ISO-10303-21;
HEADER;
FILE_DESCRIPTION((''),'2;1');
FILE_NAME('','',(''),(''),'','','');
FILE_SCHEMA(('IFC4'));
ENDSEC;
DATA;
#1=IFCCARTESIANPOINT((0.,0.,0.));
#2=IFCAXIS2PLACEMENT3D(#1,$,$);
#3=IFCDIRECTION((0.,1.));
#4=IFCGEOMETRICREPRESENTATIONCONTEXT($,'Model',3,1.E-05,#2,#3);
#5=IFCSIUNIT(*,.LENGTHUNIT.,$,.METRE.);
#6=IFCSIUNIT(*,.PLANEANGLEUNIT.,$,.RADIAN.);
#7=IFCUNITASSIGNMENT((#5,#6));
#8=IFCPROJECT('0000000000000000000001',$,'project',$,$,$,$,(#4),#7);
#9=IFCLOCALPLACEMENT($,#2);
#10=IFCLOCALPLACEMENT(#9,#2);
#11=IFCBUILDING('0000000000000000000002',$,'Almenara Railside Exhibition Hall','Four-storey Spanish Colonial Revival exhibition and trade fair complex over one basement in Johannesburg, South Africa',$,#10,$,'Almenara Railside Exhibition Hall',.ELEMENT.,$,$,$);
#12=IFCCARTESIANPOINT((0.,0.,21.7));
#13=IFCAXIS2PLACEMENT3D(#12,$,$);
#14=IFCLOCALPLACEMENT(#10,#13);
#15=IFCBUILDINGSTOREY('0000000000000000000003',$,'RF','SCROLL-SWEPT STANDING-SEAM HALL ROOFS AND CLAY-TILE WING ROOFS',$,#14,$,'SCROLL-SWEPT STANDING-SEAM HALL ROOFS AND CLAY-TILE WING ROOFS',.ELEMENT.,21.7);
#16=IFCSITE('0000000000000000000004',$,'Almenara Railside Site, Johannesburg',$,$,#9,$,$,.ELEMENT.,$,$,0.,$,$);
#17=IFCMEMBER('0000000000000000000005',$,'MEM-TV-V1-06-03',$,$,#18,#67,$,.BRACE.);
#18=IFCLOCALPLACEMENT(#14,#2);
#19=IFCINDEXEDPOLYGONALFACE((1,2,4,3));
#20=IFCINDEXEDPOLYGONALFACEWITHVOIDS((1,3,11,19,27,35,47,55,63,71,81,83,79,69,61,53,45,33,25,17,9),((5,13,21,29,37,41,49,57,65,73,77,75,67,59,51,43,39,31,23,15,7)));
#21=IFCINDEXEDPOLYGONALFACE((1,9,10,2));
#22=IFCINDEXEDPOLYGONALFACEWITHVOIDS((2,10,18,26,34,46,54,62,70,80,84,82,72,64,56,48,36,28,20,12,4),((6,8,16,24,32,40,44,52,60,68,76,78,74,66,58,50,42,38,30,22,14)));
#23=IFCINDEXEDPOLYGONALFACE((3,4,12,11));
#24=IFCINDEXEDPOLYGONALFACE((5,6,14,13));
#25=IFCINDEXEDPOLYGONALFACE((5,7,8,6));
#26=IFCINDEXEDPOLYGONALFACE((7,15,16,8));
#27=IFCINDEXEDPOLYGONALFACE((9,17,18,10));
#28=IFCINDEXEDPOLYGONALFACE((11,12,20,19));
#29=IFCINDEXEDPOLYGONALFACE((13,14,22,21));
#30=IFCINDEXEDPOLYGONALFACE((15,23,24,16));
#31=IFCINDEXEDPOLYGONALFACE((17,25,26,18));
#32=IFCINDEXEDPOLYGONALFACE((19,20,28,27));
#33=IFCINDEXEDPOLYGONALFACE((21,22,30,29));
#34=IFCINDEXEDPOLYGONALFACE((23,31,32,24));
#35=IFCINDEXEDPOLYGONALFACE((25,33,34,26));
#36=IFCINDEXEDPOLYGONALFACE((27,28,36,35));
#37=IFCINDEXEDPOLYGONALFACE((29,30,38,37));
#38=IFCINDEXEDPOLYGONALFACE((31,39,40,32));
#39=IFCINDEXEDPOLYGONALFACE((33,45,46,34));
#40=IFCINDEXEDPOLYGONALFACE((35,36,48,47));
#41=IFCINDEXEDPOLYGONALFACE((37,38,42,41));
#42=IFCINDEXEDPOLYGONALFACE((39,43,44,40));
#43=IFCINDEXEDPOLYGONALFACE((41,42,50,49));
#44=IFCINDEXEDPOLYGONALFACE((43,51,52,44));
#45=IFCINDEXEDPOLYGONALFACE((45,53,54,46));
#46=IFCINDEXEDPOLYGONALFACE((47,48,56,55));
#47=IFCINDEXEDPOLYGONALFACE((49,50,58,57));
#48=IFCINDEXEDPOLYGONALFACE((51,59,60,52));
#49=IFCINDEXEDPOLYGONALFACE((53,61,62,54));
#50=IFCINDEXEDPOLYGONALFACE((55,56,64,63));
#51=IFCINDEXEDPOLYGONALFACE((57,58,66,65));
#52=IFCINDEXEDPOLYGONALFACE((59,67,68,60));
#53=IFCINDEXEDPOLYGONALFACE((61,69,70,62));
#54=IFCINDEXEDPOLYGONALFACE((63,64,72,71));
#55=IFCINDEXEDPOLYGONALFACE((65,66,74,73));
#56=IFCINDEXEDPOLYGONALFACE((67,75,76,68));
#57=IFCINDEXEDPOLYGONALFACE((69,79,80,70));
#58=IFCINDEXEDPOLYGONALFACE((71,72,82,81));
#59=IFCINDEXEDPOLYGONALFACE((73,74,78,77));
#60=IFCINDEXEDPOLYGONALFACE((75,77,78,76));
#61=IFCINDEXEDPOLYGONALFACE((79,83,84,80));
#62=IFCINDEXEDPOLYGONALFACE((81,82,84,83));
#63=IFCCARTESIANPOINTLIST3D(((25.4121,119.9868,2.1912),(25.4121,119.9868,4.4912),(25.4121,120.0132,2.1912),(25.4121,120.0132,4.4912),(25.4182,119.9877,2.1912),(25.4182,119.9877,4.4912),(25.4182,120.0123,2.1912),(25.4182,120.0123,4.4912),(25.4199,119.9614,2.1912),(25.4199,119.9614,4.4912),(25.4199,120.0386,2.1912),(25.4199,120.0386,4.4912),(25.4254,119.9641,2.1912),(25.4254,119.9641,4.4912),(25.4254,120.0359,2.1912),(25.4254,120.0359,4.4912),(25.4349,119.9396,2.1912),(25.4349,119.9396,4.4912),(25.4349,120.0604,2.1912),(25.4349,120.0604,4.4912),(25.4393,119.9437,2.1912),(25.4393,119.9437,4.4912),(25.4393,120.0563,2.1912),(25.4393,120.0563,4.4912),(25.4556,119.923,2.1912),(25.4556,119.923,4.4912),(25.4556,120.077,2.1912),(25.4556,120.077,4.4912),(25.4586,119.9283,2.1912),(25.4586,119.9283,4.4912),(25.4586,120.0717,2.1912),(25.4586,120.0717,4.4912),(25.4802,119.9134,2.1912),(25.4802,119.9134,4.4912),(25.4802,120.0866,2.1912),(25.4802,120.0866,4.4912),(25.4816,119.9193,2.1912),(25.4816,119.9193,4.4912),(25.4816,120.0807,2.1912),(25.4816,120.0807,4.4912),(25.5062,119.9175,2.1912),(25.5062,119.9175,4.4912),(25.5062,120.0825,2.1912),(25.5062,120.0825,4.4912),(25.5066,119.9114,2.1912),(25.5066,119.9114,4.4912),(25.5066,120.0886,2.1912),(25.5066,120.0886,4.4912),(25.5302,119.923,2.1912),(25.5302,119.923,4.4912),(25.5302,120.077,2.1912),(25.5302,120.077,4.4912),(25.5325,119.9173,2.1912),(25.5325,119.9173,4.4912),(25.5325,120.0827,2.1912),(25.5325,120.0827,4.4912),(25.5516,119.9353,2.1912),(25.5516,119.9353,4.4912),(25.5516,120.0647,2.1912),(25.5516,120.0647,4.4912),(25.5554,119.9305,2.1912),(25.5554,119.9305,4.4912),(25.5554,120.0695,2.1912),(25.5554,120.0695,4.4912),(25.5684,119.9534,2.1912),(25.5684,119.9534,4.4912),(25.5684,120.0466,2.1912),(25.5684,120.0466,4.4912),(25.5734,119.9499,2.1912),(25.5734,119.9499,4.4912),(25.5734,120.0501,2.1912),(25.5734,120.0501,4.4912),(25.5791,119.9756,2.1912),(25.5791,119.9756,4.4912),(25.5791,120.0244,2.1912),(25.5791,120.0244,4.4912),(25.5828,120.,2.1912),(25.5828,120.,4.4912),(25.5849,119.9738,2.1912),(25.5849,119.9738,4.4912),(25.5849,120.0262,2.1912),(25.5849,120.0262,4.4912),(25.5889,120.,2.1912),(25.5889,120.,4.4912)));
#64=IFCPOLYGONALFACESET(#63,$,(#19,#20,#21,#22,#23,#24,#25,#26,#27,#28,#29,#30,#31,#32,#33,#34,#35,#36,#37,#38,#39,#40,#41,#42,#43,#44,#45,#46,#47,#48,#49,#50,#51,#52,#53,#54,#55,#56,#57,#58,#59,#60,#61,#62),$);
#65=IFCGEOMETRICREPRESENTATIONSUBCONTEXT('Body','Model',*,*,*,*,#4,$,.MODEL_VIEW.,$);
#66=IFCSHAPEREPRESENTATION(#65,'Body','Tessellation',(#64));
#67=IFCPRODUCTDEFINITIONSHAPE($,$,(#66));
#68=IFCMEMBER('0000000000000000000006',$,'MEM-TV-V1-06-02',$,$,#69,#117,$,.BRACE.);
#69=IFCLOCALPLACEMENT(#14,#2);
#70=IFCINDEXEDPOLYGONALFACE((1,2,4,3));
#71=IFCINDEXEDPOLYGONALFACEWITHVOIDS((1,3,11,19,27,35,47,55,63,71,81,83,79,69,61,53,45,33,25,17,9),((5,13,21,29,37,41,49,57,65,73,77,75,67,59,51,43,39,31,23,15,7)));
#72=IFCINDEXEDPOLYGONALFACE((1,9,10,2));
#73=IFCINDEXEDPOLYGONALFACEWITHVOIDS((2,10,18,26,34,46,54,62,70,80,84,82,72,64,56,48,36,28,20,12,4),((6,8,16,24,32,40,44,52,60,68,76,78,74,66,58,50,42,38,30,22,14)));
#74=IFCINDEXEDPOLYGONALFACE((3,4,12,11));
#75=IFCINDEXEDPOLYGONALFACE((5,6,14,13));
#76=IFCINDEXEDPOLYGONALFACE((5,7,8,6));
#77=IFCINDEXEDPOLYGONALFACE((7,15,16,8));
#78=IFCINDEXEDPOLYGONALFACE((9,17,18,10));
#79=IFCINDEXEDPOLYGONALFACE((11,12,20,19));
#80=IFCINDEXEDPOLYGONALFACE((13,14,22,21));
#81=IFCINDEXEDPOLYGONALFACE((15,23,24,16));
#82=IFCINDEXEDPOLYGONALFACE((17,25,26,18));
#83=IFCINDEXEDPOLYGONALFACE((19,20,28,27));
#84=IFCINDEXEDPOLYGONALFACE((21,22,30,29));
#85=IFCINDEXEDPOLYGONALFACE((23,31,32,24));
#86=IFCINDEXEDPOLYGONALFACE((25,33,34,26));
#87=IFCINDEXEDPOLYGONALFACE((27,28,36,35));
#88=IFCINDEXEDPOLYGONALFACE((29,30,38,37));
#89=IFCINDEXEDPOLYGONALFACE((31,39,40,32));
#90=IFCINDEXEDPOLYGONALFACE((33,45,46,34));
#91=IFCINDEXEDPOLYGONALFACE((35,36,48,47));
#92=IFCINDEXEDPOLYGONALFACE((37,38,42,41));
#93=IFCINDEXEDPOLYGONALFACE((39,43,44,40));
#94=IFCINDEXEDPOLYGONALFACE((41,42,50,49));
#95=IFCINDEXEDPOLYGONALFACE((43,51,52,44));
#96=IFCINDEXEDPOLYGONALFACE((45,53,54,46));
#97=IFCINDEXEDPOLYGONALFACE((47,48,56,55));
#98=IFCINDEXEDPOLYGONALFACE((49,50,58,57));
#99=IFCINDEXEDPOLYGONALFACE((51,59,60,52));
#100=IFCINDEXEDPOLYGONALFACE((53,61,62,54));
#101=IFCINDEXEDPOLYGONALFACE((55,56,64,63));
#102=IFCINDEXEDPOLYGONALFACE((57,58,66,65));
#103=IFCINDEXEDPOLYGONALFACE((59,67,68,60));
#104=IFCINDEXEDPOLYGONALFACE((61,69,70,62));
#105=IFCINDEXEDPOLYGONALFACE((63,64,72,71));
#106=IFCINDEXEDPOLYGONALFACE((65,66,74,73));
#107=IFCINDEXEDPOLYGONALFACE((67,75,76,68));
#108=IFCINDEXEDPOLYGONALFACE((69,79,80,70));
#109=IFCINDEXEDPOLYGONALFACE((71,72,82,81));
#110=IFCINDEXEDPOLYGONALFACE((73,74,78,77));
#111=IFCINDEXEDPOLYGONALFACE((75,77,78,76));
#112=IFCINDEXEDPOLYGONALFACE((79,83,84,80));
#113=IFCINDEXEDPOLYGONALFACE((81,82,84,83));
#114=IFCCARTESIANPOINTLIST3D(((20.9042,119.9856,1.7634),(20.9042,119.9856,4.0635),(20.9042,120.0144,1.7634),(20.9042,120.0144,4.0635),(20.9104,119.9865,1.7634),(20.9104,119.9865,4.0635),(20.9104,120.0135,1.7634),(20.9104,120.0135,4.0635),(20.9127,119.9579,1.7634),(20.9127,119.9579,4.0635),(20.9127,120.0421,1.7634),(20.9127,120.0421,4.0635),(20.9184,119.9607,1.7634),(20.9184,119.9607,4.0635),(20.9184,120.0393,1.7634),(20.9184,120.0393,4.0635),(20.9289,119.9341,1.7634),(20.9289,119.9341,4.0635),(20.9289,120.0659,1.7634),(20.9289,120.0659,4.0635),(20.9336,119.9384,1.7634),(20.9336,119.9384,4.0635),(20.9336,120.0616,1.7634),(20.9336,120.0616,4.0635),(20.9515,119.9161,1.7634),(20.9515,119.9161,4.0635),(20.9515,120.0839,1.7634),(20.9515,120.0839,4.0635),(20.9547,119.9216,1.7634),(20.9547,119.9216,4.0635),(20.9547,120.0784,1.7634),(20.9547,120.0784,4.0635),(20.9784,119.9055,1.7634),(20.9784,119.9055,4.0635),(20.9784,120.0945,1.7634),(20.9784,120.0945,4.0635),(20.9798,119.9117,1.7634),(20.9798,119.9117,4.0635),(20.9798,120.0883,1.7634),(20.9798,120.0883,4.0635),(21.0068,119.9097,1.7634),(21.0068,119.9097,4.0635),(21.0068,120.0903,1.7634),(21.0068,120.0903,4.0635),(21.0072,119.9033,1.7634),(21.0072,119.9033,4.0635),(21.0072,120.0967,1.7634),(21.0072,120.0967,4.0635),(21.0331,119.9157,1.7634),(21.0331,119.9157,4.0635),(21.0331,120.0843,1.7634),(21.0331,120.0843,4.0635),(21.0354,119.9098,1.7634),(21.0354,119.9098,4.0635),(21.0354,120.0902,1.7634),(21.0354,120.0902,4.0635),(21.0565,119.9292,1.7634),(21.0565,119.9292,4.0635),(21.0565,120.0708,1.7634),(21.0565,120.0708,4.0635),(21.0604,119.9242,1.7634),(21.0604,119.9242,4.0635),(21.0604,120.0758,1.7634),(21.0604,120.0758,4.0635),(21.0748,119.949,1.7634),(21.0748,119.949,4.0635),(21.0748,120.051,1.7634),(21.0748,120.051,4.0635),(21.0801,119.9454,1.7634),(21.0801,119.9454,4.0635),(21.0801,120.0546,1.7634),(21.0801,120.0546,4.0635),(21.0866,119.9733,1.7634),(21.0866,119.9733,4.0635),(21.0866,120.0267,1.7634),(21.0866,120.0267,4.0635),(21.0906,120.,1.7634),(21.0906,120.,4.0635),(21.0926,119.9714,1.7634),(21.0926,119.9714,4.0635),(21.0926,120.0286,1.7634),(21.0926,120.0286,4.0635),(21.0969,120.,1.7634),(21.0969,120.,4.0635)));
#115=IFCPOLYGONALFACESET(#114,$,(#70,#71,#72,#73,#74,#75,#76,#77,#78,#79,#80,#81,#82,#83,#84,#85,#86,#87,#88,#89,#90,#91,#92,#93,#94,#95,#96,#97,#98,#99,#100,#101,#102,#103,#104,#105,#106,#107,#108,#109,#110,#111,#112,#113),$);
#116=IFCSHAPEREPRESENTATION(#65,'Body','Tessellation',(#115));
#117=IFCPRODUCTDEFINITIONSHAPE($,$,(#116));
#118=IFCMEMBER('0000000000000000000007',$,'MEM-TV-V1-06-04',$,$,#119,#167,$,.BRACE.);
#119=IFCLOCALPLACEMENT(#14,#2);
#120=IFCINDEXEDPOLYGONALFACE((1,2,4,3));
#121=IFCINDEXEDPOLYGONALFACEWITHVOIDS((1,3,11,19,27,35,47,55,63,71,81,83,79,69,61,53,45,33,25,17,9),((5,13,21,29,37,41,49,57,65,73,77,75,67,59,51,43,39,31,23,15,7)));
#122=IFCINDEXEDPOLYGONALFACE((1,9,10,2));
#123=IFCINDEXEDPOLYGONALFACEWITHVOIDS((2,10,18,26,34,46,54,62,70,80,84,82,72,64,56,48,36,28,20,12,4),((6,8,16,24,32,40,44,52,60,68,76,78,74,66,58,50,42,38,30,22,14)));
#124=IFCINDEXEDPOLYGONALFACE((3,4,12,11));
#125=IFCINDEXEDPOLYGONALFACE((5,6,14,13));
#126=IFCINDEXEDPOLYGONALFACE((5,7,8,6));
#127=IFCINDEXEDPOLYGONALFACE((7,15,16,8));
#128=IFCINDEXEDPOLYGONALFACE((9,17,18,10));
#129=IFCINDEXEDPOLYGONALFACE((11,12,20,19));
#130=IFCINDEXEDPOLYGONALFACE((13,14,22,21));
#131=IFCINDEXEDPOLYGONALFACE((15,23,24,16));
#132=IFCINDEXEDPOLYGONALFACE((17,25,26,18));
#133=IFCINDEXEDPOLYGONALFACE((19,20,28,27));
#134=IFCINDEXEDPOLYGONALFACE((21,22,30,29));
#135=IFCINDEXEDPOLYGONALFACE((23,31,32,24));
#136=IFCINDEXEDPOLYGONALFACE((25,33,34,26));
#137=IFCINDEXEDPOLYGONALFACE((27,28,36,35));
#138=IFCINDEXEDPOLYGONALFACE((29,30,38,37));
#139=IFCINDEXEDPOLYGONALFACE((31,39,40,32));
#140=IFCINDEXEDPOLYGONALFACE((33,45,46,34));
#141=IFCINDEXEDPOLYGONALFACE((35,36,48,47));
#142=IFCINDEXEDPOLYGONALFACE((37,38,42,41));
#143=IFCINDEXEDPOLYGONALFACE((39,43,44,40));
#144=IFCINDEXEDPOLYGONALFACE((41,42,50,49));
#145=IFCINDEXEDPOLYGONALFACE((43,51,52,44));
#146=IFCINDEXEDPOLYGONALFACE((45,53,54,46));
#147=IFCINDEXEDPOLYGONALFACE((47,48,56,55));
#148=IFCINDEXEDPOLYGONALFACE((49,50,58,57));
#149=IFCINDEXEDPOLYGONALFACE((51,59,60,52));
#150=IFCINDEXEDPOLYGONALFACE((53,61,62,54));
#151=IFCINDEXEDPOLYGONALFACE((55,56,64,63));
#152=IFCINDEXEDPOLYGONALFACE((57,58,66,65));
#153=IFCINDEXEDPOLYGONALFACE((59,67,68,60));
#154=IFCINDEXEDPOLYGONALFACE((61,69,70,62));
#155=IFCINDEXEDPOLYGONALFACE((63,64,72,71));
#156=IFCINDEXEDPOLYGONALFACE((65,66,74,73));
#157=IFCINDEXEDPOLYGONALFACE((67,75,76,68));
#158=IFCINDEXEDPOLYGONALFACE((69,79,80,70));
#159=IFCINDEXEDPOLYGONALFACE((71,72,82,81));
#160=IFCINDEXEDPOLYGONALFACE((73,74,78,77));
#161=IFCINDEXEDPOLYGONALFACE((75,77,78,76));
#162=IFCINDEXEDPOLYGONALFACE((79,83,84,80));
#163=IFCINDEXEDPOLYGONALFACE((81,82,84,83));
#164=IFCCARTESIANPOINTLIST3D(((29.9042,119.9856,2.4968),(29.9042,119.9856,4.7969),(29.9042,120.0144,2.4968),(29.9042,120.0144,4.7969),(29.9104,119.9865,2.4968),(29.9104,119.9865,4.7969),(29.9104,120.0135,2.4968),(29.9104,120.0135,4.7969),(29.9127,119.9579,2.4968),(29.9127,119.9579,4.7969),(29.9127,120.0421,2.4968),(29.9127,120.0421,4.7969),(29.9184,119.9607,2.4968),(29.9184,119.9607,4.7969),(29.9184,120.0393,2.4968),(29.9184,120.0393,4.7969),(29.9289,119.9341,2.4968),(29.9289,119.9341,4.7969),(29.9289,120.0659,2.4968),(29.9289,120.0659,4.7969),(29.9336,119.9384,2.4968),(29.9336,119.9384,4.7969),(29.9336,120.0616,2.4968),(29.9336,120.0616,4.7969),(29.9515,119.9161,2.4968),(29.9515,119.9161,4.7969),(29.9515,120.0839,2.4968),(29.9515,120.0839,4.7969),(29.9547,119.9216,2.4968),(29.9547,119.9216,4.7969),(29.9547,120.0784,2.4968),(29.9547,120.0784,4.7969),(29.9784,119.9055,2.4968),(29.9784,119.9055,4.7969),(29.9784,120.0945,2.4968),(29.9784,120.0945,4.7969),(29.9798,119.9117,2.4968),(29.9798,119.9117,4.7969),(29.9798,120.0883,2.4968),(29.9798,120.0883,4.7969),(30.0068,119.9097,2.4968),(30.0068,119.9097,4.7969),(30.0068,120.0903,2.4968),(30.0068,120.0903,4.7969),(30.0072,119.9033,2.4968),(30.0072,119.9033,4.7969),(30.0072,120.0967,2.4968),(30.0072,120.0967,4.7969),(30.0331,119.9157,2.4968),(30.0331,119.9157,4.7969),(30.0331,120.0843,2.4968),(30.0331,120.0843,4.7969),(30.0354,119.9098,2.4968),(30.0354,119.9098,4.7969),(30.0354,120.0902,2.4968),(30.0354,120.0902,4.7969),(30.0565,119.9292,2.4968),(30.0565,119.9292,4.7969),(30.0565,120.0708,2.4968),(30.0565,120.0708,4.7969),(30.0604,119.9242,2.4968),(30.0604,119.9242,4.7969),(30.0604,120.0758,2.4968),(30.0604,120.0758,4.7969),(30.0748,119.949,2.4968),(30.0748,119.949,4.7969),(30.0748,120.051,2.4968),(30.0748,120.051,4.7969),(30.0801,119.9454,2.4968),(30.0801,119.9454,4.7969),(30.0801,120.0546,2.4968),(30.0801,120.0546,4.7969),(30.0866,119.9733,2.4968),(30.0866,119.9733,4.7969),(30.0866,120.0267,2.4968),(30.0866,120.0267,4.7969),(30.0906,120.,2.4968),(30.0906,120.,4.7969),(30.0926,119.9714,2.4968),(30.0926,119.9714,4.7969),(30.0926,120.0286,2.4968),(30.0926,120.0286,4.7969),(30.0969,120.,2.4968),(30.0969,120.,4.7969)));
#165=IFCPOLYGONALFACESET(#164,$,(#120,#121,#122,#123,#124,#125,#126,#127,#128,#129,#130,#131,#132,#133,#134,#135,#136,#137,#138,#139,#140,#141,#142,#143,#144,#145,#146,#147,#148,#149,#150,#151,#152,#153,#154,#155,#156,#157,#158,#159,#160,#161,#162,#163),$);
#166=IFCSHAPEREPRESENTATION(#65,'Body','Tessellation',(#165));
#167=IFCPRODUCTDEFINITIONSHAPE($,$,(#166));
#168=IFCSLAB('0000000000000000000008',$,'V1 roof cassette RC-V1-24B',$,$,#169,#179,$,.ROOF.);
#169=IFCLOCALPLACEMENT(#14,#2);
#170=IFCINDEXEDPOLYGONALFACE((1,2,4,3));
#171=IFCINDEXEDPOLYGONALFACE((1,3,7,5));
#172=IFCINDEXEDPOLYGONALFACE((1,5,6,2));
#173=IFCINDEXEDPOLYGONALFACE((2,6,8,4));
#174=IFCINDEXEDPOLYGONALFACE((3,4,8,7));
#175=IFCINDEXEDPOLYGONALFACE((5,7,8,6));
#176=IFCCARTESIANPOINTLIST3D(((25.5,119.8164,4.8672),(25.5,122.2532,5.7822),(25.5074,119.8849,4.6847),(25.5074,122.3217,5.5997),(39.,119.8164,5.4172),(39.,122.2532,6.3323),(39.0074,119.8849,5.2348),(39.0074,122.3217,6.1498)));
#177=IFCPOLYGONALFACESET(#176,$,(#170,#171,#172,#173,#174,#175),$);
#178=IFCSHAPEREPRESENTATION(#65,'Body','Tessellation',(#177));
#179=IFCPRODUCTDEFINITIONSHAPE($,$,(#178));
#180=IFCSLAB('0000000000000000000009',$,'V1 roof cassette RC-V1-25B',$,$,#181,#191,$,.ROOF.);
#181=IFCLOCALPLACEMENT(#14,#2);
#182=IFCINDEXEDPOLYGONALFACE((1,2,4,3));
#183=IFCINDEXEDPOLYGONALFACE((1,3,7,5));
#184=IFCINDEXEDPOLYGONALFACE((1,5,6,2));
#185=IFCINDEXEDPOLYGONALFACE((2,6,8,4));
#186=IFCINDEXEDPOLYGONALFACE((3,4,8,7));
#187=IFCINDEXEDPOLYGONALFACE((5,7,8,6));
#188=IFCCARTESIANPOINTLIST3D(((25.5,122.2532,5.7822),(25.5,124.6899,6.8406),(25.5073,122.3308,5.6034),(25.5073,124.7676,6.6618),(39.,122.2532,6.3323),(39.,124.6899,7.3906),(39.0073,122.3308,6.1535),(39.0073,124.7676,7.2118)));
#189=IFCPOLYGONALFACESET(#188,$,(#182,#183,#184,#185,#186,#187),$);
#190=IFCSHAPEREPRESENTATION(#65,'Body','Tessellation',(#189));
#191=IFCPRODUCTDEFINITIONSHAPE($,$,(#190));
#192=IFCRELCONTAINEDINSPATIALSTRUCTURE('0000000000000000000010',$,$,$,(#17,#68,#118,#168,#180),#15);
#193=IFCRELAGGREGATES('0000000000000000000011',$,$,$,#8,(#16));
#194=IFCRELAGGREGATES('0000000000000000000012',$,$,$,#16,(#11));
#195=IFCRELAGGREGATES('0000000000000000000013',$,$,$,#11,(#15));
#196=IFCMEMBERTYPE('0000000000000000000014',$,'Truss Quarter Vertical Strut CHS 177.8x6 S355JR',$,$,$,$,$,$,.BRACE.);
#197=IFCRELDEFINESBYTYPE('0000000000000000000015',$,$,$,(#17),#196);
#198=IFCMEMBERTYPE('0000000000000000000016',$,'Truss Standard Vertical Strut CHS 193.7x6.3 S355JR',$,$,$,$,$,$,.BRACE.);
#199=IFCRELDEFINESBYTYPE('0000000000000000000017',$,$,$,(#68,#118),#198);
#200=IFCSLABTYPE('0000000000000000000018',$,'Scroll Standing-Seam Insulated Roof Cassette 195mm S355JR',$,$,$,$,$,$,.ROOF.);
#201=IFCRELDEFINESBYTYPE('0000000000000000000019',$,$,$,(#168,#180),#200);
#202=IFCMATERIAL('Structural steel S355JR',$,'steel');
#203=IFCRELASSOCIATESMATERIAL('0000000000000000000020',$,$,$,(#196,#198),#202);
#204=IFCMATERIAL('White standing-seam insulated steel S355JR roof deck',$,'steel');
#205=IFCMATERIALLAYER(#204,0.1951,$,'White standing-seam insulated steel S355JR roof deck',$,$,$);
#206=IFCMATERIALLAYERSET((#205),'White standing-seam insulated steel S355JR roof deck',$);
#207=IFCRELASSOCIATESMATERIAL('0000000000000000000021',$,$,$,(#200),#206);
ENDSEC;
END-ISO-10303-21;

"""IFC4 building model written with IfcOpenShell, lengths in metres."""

from ifc_helpers import new_model, si_unit, direction, frame, origin, origin_2d, place, context, subcontext, project, spatial, polyline, hollow_circle, outline, extrude, material, layer, layer_set, material_profile, profile_set, type_object, element, save


model = new_model("IFC4")

# Units and contexts
model_context = context("Model", 3, precision=1e-05, world=origin(), true_north=direction((0.0, 1.0)))
body_context = subcontext(model_context, "Body", "Model", "MODEL_VIEW")
ifc_project = project(units=[si_unit("LENGTHUNIT", "METRE"), si_unit("PLANEANGLEUNIT", "RADIAN")], contexts=[model_context])

# Site, building, storey
site_placement = place(None, origin())
site = spatial("IfcSite", under=ifc_project, at=site_placement, Name="Almenara Railside Site, Johannesburg", CompositionType="ELEMENT", RefElevation=0.0)
building_placement = place(site_placement, origin())
building = spatial("IfcBuilding", under=site, at=building_placement, Name="Almenara Railside Exhibition Hall", Description="Four-storey Spanish Colonial Revival exhibition and trade fair complex over one basement in Johannesburg, South Africa", LongName="Almenara Railside Exhibition Hall", CompositionType="ELEMENT")
storey_placement = place(building_placement, frame((0.0, 0.0, 21.7)))
storey = spatial("IfcBuildingStorey", under=building, at=storey_placement, Name="RF", Description="SCROLL-SWEPT STANDING-SEAM HALL ROOFS AND CLAY-TILE WING ROOFS", LongName="SCROLL-SWEPT STANDING-SEAM HALL ROOFS AND CLAY-TILE WING ROOFS", CompositionType="ELEMENT", Elevation=21.7)

# Members
ifc_material_1 = material(Name="Structural steel S355JR", Category="steel")
ifc_material_profile_1 = material_profile(ifc_material_1, hollow_circle(Radius=0.0889, WallThickness=0.0061, at=origin_2d()), Name="CHS 177.8x6")
ifc_profile_set_1 = profile_set([ifc_material_profile_1], Name="Structural steel S355JR")
member_type_1 = type_object("IfcMemberType", Name="Truss Quarter Vertical Strut CHS 177.8x6 S355JR", PredefinedType="BRACE", material=ifc_profile_set_1)
member_1_placement = place(storey_placement, frame((25.5, 120.0, 2.1912), z_axis=(0.0, 0.0, 1.0), x_axis=(1.0, 0.0, 0.0)))
element("IfcMember", 1, at=member_1_placement, inside=storey, type_object=member_type_1, Name="MEM-TV-V1-06-03", PredefinedType="BRACE", context=body_context, shape_type="SweptSolid", body=[
    extrude(hollow_circle(Radius=0.0889, WallThickness=0.0061, at=origin_2d()), origin(), (0.0, 0.0, 1.0), 2.3),
])
ifc_material_profile_2 = material_profile(ifc_material_1, hollow_circle(Radius=0.0969, WallThickness=0.0063, at=origin_2d()), Name="CHS 193.7x6.3")
ifc_profile_set_2 = profile_set([ifc_material_profile_2], Name="Structural steel S355JR")
member_type_2 = type_object("IfcMemberType", Name="Truss Standard Vertical Strut CHS 193.7x6.3 S355JR", PredefinedType="BRACE", material=ifc_profile_set_2)
for number, where, z_axis, x_axis, name in (
    (2, (21.0, 120.0, 1.7634), (0.0, 0.0, 1.0), (1.0, 0.0, 0.0), "MEM-TV-V1-06-02"),
    (3, (30.0, 120.0, 2.4968), (0.0, 0.0, 1.0), (1.0, 0.0, 0.0), "MEM-TV-V1-06-04"),
):
    element("IfcMember", number, at=place(storey_placement, frame(where, z_axis=z_axis, x_axis=x_axis)), inside=storey, type_object=member_type_2, Name=name, PredefinedType="BRACE", context=body_context, shape_type="SweptSolid", body=[
        extrude(hollow_circle(Radius=0.0969, WallThickness=0.0063, at=origin_2d()), origin(), (0.0, 0.0, 1.0), 2.3),
    ])

# Slabs
ifc_material_2 = material(Name="White standing-seam insulated steel S355JR roof deck", Category="steel")
ifc_layer_1 = layer(ifc_material_2, 0.1951, Name="White standing-seam insulated steel S355JR roof deck")
ifc_layer_set_1 = layer_set([ifc_layer_1], Name="White standing-seam insulated steel S355JR roof deck")
slab_type = type_object("IfcSlabType", Name="Scroll Standing-Seam Insulated Roof Cassette 195mm S355JR", PredefinedType="ROOF", material=ifc_layer_set_1)
slab_1_placement = place(storey_placement, frame((25.5, 119.8164, 4.8672), z_axis=(-0.038116, -0.351289, 0.935491), x_axis=(0.999171, 0.0, 0.040711)))
element("IfcSlab", 4, at=slab_1_placement, inside=storey, type_object=slab_type, Name="V1 roof cassette RC-V1-24B", PredefinedType="ROOF", context=body_context, shape_type="SweptSolid", body=[
    extrude(outline(polyline([(0.0, 0.0), (13.5112, 0.0), (13.5485, 2.6026), (0.0373, 2.6026), (0.0, 0.0)])), origin(), (0.0, 0.0, -1.0), 0.1951),
])
slab_2_placement = place(storey_placement, frame((25.5, 122.2532, 5.7822), z_axis=(-0.037346, -0.398095, 0.916584), x_axis=(0.999171, 0.0, 0.040711)))
element("IfcSlab", 5, at=slab_2_placement, inside=storey, type_object=slab_type, Name="V1 roof cassette RC-V1-25B", PredefinedType="ROOF", context=body_context, shape_type="SweptSolid", body=[
    extrude(outline(polyline([(0.0, 0.0), (13.5112, 0.0), (13.5543, 2.6563), (0.0431, 2.6563), (0.0, 0.0)])), origin(), (0.0, 0.0, -1.0), 0.1951),
])

save(model, "model.ifc")
